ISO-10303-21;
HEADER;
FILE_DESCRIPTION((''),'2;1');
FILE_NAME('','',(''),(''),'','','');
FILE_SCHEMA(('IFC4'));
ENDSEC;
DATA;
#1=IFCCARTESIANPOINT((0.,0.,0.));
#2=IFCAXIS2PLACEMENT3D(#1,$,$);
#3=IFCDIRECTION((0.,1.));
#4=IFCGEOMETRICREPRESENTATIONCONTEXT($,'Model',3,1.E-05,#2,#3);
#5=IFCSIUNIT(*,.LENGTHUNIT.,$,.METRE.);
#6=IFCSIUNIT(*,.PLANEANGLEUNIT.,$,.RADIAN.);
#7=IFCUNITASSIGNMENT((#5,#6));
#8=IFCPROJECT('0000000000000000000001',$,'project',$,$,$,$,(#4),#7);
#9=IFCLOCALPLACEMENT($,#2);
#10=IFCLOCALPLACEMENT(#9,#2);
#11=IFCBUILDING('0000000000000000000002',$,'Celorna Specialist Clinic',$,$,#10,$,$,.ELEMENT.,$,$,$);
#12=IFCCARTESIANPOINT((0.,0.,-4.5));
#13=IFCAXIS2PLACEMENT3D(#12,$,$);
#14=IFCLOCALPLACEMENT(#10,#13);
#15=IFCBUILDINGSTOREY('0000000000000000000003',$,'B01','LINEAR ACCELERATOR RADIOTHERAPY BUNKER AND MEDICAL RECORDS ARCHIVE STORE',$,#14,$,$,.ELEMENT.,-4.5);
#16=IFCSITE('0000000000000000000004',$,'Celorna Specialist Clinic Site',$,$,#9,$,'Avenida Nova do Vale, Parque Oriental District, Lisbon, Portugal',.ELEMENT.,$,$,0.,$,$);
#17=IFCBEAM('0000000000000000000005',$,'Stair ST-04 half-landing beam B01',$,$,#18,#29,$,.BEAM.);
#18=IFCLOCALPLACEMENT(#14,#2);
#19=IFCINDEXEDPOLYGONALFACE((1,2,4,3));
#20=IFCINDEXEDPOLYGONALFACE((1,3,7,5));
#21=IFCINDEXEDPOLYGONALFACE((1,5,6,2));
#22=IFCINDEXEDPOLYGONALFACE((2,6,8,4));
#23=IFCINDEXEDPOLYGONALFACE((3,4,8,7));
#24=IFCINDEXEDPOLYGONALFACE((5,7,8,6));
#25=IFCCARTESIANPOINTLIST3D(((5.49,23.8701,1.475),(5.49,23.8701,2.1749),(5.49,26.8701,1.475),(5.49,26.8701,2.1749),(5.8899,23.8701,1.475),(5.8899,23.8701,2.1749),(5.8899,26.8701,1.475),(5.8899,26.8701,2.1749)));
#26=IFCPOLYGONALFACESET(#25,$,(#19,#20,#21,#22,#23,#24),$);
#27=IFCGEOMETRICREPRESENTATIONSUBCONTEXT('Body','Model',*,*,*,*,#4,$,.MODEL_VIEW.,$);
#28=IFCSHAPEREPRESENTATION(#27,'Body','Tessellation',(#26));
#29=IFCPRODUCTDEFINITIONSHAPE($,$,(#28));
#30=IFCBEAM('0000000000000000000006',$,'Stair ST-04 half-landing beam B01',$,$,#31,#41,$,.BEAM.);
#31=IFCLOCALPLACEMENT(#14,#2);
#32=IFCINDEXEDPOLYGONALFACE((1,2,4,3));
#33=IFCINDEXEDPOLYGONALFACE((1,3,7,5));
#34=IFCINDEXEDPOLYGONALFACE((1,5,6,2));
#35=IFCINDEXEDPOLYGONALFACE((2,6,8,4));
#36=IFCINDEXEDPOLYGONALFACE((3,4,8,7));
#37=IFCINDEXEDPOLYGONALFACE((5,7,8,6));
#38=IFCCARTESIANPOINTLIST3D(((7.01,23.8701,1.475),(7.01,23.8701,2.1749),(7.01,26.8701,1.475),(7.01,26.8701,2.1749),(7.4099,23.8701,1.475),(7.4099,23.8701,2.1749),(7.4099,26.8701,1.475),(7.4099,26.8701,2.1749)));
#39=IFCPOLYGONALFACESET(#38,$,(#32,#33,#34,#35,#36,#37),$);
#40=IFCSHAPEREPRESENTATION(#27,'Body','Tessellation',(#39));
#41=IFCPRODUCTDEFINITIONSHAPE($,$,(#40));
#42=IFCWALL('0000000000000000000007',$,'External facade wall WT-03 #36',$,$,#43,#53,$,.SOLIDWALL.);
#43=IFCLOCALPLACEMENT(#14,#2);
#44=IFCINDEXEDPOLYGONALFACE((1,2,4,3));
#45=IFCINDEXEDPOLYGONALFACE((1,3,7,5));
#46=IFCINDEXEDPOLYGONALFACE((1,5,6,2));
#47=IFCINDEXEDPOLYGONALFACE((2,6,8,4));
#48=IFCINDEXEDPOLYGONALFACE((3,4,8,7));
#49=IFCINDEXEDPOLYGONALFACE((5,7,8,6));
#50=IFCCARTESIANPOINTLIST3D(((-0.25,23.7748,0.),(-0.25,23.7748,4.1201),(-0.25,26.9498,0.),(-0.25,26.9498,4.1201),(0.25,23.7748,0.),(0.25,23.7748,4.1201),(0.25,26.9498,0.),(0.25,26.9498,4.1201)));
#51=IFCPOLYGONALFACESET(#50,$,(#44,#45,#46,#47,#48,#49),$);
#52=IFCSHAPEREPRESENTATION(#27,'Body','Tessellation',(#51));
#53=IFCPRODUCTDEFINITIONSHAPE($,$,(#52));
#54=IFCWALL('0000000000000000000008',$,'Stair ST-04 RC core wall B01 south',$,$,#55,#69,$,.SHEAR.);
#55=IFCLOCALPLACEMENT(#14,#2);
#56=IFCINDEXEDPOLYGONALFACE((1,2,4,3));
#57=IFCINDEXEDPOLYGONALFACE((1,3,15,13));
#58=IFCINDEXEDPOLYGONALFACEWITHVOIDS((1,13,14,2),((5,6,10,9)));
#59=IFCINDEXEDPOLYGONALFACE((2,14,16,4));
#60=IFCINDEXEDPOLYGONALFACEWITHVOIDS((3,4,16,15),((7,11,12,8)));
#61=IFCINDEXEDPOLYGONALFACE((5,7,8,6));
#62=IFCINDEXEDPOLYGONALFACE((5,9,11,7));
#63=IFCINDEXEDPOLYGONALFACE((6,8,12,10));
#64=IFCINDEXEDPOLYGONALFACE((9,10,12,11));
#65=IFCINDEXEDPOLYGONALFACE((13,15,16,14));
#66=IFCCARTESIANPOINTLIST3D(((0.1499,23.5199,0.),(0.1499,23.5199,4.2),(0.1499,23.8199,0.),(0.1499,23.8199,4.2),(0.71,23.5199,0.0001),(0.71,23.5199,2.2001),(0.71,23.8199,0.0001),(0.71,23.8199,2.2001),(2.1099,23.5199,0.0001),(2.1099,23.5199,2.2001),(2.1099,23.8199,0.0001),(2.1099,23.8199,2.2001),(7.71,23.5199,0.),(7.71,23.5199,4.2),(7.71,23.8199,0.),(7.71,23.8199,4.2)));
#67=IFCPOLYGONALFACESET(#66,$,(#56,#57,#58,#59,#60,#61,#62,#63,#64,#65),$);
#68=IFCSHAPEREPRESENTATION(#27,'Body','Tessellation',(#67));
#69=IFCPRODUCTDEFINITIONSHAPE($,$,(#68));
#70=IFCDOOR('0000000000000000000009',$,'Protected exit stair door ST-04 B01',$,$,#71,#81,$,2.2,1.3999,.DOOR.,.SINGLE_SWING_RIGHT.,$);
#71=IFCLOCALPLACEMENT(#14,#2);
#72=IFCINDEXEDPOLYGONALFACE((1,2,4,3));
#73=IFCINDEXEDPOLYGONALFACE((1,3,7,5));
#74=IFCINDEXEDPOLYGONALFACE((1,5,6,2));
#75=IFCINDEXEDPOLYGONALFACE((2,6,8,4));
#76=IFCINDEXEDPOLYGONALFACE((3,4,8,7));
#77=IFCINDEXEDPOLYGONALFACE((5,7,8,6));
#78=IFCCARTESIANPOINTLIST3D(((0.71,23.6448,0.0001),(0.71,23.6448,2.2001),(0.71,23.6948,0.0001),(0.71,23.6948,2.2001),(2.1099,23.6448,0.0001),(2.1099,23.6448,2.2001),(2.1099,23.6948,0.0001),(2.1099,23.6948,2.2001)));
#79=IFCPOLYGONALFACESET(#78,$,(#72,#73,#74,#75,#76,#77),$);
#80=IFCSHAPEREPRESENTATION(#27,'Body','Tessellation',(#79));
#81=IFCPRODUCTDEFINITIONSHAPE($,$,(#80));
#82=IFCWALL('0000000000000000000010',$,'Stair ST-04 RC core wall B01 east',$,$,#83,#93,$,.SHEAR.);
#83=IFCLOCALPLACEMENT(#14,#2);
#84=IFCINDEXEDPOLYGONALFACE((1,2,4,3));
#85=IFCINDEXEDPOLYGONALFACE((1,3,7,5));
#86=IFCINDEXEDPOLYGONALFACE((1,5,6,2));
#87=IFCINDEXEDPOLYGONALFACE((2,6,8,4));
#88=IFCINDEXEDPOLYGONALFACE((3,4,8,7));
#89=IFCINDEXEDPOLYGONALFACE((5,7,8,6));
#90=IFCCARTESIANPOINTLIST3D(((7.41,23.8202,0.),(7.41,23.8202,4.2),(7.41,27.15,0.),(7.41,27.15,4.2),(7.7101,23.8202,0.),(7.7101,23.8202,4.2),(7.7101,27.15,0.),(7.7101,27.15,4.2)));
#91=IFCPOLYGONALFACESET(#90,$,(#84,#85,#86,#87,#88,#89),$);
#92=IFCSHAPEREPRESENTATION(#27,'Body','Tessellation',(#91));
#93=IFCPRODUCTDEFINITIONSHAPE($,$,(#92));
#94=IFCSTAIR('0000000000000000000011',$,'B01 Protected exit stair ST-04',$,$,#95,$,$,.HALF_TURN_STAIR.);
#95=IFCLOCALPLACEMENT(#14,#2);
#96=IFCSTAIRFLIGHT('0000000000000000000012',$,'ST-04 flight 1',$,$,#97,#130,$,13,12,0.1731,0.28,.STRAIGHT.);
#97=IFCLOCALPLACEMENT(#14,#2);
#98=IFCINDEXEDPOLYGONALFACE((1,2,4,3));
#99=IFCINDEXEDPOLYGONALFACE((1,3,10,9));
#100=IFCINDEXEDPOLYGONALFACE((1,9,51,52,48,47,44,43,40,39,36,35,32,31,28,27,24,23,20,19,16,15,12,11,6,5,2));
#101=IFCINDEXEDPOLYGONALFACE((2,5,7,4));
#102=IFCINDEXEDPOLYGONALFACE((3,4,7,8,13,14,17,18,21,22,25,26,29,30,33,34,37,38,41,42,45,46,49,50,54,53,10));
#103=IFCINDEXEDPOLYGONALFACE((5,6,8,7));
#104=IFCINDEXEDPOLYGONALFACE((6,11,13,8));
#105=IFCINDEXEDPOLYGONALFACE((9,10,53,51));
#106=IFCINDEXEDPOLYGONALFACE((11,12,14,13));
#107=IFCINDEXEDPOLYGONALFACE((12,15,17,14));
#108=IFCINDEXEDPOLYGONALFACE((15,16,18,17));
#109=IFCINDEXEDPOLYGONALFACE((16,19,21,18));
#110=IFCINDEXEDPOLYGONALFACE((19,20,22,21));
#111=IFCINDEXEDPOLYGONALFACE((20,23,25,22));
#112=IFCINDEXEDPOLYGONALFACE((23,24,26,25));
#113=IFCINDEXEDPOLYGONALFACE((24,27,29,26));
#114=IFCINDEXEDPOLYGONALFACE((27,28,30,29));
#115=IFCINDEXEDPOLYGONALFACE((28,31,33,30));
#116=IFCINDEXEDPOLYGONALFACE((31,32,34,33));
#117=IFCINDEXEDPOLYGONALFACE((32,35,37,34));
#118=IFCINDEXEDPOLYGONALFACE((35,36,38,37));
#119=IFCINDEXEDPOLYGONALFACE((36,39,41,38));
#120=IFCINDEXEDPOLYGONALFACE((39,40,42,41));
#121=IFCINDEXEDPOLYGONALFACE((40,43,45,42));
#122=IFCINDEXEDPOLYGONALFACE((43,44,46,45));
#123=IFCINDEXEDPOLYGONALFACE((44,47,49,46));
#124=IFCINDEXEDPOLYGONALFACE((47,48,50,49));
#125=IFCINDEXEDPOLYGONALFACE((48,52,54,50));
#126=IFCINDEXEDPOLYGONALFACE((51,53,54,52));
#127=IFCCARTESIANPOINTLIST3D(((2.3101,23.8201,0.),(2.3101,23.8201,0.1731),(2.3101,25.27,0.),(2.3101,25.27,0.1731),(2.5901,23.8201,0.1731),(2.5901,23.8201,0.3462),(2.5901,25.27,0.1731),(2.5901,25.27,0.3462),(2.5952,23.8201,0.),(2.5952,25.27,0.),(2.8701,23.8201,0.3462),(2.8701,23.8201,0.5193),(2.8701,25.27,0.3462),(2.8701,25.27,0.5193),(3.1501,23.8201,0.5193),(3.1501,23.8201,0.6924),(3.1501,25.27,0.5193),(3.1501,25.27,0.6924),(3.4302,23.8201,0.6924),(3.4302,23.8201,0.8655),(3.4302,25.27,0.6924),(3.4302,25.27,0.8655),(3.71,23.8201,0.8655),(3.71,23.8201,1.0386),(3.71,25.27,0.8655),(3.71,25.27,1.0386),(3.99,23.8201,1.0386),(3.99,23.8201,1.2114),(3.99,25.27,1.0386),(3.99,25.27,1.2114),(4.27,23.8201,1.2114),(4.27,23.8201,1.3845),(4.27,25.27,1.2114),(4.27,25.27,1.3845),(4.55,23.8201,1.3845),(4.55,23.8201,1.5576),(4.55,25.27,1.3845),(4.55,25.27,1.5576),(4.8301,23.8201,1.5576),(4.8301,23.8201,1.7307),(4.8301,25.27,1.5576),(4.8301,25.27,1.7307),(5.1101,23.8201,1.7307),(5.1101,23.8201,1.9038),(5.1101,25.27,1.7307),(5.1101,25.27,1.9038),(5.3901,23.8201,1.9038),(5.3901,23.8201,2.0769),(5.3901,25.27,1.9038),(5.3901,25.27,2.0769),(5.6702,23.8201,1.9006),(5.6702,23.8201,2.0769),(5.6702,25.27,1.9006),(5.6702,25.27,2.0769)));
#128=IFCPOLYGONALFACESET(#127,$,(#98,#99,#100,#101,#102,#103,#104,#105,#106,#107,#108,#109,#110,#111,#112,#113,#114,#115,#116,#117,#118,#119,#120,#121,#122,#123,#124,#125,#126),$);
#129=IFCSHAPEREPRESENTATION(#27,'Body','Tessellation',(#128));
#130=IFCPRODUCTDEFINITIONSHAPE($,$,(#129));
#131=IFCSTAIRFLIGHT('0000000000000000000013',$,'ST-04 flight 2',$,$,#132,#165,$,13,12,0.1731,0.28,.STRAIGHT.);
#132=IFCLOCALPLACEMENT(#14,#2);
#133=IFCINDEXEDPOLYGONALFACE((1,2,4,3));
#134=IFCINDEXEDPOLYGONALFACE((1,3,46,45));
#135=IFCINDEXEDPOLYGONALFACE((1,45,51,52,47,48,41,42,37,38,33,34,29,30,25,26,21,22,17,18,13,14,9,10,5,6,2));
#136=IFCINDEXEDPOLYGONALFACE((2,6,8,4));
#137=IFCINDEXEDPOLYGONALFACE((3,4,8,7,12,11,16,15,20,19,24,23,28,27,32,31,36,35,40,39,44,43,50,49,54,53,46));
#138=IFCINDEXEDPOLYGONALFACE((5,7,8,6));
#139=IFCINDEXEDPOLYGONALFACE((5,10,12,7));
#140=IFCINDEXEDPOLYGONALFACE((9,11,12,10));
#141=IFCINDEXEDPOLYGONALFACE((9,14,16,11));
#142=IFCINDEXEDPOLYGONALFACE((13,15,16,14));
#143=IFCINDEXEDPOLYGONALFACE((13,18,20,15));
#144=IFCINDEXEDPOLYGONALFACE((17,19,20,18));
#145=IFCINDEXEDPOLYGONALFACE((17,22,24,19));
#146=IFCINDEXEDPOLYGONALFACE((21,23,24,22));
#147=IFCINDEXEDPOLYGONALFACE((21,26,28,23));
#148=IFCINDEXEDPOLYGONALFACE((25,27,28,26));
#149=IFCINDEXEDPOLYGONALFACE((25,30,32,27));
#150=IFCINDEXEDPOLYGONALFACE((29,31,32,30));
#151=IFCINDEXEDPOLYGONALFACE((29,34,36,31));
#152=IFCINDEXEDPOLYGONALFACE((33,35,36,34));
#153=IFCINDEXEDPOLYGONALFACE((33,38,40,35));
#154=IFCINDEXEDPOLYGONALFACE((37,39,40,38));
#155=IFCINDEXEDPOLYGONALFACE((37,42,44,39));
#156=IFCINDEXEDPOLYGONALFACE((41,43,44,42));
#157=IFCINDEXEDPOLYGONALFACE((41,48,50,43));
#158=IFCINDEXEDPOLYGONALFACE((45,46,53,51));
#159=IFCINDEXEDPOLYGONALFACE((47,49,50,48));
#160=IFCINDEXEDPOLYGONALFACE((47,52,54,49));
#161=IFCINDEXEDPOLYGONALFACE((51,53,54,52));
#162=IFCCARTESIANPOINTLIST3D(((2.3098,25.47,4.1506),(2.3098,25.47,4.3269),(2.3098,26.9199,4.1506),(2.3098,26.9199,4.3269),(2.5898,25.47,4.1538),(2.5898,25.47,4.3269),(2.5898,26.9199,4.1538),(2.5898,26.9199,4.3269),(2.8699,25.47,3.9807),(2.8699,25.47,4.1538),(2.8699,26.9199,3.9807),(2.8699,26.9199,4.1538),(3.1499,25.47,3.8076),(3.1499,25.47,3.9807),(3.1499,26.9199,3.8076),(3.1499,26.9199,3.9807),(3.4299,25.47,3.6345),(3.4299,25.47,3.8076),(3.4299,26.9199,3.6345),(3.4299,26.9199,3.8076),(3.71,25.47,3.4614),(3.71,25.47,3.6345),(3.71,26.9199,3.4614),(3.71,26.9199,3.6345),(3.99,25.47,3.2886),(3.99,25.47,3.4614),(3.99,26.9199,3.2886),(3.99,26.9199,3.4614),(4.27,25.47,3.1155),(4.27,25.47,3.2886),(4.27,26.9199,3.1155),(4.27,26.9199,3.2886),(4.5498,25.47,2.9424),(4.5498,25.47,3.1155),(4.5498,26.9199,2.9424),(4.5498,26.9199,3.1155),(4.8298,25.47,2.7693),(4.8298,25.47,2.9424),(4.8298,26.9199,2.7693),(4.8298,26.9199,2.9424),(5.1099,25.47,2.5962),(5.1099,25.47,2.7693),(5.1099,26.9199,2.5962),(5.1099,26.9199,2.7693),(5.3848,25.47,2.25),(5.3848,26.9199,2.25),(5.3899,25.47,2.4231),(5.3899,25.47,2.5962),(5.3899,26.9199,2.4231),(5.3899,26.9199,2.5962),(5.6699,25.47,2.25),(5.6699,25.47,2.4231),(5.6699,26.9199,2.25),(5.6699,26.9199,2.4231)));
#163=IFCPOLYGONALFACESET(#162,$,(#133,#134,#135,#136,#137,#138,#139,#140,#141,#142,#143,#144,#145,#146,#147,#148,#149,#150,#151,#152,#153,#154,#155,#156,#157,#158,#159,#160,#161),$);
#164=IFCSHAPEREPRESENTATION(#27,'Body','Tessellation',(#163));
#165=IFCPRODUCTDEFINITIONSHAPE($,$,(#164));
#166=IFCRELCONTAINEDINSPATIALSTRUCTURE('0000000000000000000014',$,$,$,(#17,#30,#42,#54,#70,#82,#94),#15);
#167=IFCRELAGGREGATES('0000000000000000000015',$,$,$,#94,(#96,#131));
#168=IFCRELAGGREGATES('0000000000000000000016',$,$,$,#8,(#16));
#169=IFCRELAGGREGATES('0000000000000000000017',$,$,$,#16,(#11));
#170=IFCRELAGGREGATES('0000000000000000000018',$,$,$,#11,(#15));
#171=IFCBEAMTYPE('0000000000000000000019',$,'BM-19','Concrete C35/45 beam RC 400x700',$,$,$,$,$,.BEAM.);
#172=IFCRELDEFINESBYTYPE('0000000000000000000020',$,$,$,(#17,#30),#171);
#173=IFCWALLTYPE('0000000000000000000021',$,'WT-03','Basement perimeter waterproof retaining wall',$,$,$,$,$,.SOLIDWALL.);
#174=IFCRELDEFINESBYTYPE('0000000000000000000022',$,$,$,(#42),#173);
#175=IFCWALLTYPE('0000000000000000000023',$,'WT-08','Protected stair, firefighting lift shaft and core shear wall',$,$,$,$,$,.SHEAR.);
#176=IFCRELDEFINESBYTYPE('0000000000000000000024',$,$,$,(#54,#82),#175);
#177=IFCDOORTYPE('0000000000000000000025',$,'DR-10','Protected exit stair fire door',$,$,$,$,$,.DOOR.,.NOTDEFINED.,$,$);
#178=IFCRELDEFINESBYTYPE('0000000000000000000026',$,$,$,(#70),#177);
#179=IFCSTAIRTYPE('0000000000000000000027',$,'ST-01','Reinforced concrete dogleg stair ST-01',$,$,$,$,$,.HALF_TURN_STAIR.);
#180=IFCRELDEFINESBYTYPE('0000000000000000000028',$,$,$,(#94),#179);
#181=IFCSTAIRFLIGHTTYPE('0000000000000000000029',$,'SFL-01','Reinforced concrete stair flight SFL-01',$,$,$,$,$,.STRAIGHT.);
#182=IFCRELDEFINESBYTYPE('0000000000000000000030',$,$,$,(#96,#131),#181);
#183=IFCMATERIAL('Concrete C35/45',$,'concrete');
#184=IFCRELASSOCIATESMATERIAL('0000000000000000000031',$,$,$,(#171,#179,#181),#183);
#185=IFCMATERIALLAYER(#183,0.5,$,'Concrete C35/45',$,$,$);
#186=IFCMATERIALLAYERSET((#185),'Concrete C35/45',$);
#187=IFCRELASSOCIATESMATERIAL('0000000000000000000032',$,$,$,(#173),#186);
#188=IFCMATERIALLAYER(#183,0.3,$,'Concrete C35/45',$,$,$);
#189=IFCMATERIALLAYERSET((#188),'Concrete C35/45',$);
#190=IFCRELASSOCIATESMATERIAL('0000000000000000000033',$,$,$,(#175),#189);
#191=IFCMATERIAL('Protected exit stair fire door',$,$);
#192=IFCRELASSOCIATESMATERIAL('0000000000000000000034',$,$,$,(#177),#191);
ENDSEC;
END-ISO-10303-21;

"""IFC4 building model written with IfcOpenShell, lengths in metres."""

from ifc_helpers import new_model, si_unit, direction, frame, frame_2d, origin, origin_2d, place, context, subcontext, project, spatial, polyline, rectangle, outline, extrude, material, layer, layer_set, material_profile, profile_set, type_object, element, fill, aggregate, save


model = new_model("IFC4")

# Units and contexts
model_context = context("Model", 3, precision=1e-05, world=origin(), true_north=direction((0.0, 1.0)))
body_context = subcontext(model_context, "Body", "Model", "MODEL_VIEW")
ifc_project = project(units=[si_unit("LENGTHUNIT", "METRE"), si_unit("PLANEANGLEUNIT", "RADIAN")], contexts=[model_context])

# Site, building, storey
site_placement = place(None, origin())
site = spatial("IfcSite", under=ifc_project, at=site_placement, Name="Celorna Specialist Clinic Site", LongName="Avenida Nova do Vale, Parque Oriental District, Lisbon, Portugal", CompositionType="ELEMENT", RefElevation=0.0)
building_placement = place(site_placement, origin())
building = spatial("IfcBuilding", under=site, at=building_placement, Name="Celorna Specialist Clinic", CompositionType="ELEMENT")
storey_placement = place(building_placement, frame((0.0, 0.0, -4.5)))
storey = spatial("IfcBuildingStorey", under=building, at=storey_placement, Name="B01", Description="LINEAR ACCELERATOR RADIOTHERAPY BUNKER AND MEDICAL RECORDS ARCHIVE STORE", CompositionType="ELEMENT", Elevation=-4.5)

# Shared definitions
ifc_material_1 = material(Name="Concrete C35/45", Category="concrete")

# Beams
ifc_material_profile_1 = material_profile(ifc_material_1, rectangle(XDim=0.3999, YDim=0.7, at=origin_2d()), Name="RC 400x700")
ifc_profile_set_1 = profile_set([ifc_material_profile_1], Name="Concrete C35/45")
beam_type = type_object("IfcBeamType", Name="BM-19", Description="Concrete C35/45 beam RC 400x700", PredefinedType="BEAM", material=ifc_profile_set_1)
for number, where, z_axis, x_axis, name in (
    (1, (5.6899, 23.8701, 1.825), (0.0, 1.0, 0.0), (-1.0, 0.0, 0.0), "Stair ST-04 half-landing beam B01"),
    (2, (7.21, 23.8701, 1.825), (0.0, 1.0, 0.0), (-1.0, 0.0, 0.0), "Stair ST-04 half-landing beam B01"),
):
    element("IfcBeam", number, at=place(storey_placement, frame(where, z_axis=z_axis, x_axis=x_axis)), inside=storey, type_object=beam_type, Name=name, PredefinedType="BEAM", context=body_context, shape_type="SweptSolid", body=[
        extrude(rectangle(XDim=0.3999, YDim=0.7, at=origin_2d()), origin(), (0.0, 0.0, 1.0), 3.0),
    ])

# Wall
ifc_layer_1 = layer(ifc_material_1, 0.5, Name="Concrete C35/45")
ifc_layer_set_1 = layer_set([ifc_layer_1], Name="Concrete C35/45")
wall_type_1 = type_object("IfcWallType", Name="WT-03", Description="Basement perimeter waterproof retaining wall", PredefinedType="SOLIDWALL", material=ifc_layer_set_1)
wall_1_placement = place(storey_placement, frame((0.0, 23.7749, 0.0), z_axis=(0.0, 0.0, 1.0), x_axis=(0.0, 1.0, 0.0)))
element("IfcWall", 3, at=wall_1_placement, inside=storey, type_object=wall_type_1, Name="External facade wall WT-03 #36", PredefinedType="SOLIDWALL", context=body_context, shape_type="SweptSolid", body=[
    extrude(rectangle(XDim=3.175, YDim=0.5, at=frame_2d((1.5874, 0.0))), origin(), (0.0, 0.0, 1.0), 4.1201),
])

# Wall, opening, door
ifc_layer_2 = layer(ifc_material_1, 0.3, Name="Concrete C35/45")
ifc_layer_set_2 = layer_set([ifc_layer_2], Name="Concrete C35/45")
wall_type_2 = type_object("IfcWallType", Name="WT-08", Description="Protected stair, firefighting lift shaft and core shear wall", PredefinedType="SHEAR", material=ifc_layer_set_2)
wall_2_placement = place(storey_placement, frame((0.1499, 23.6699, 0.0), z_axis=(0.0, 0.0, 1.0), x_axis=(1.0, 0.0, 0.0)))
wall_2 = element("IfcWall", 4, at=wall_2_placement, inside=storey, type_object=wall_type_2, Name="Stair ST-04 RC core wall B01 south", PredefinedType="SHEAR", context=body_context, shape_type="SweptSolid", body=[
    extrude(rectangle(XDim=7.5601, YDim=0.3, at=frame_2d((3.78, 0.0))), origin(), (0.0, 0.0, 1.0), 4.2),
])
opening_placement = place(wall_2_placement, frame((0.5601, 0.0, 0.0)))
opening = element("IfcOpeningElement", 5, at=opening_placement, cuts=wall_2, PredefinedType="OPENING", context=body_context, shape_type="SweptSolid", body=[
    extrude(rectangle(XDim=1.3999, YDim=2.2, at=frame_2d((0.7, 1.1001))), frame((0.0, 0.1599, 0.0), z_axis=(0.0, -1.0, 0.0), x_axis=(1.0, 0.0, 0.0)), (0.0, 0.0, 1.0), 0.3201),
])
ifc_material_2 = material(Name="Protected exit stair fire door")
door_type = type_object("IfcDoorType", Name="DR-10", Description="Protected exit stair fire door", OperationType="NOTDEFINED", PredefinedType="DOOR", material=ifc_material_2)
door_placement = place(opening_placement, origin())
door = element("IfcDoor", 6, at=door_placement, inside=storey, type_object=door_type, Name="Protected exit stair door ST-04 B01", OperationType="SINGLE_SWING_RIGHT", OverallHeight=2.2, OverallWidth=1.3999, PredefinedType="DOOR", context=body_context, shape_type="SweptSolid", body=[
    extrude(rectangle(XDim=1.3999, YDim=2.2, at=frame_2d((0.7, 1.1001))), frame((0.0, 0.0249, 0.0), z_axis=(0.0, -1.0, 0.0), x_axis=(1.0, 0.0, 0.0)), (0.0, 0.0, 1.0), 0.05),
])
fill(opening, door)

# Wall
wall_3_placement = place(storey_placement, frame((7.5601, 23.8201, 0.0), z_axis=(0.0, 0.0, 1.0), x_axis=(0.0, 1.0, 0.0)))
element("IfcWall", 7, at=wall_3_placement, inside=storey, type_object=wall_type_2, Name="Stair ST-04 RC core wall B01 east", PredefinedType="SHEAR", context=body_context, shape_type="SweptSolid", body=[
    extrude(rectangle(XDim=3.3298, YDim=0.3, at=frame_2d((1.665, 0.0))), origin(), (0.0, 0.0, 1.0), 4.2),
])

# Stair, stair flights
stair_type = type_object("IfcStairType", Name="ST-01", Description="Reinforced concrete dogleg stair ST-01", PredefinedType="HALF_TURN_STAIR", material=ifc_material_1)
stair_placement = place(storey_placement, origin())
stair = element("IfcStair", 8, at=stair_placement, inside=storey, type_object=stair_type, Name="B01 Protected exit stair ST-04", PredefinedType="HALF_TURN_STAIR")
stair_flight_type = type_object("IfcStairFlightType", Name="SFL-01", Description="Reinforced concrete stair flight SFL-01", PredefinedType="STRAIGHT", material=ifc_material_1)
stair_flight_1_placement = place(storey_placement, frame((2.3101, 24.5449, 0.0), z_axis=(0.0, 0.0, 1.0), x_axis=(1.0, 0.0, 0.0)))
stair_flight_1 = element("IfcStairFlight", 9, at=stair_flight_1_placement, type_object=stair_flight_type, Name="ST-04 flight 1", NumberOfRisers=13, NumberOfTreads=12, PredefinedType="STRAIGHT", RiserHeight=0.1731, TreadLength=0.28, context=body_context, shape_type="SweptSolid", body=[
    extrude(outline(polyline([(0.0, 0.0), (0.0, 0.1731), (0.28, 0.1731), (0.28, 0.3462), (0.5601, 0.3462), (0.5601, 0.5193), (0.8401, 0.5193), (0.8401, 0.6924), (1.1201, 0.6924), (1.1201, 0.8655), (1.3999, 0.8655), (1.3999, 1.0386), (1.6799, 1.0386), (1.6799, 1.2114), (1.96, 1.2114), (1.96, 1.3845), (2.24, 1.3845), (2.24, 1.5576), (2.52, 1.5576), (2.52, 1.7307), (2.8, 1.7307), (2.8, 1.9038), (3.0801, 1.9038), (3.0801, 2.0769), (3.3601, 2.0769), (3.3601, 2.25), (3.3601, 1.9006), (0.2852, 0.0), (0.0, 0.0)])), frame((0.0, 0.7251, 0.0), z_axis=(0.0, -1.0, 0.0), x_axis=(1.0, 0.0, 0.0)), (0.0, 0.0, 1.0), 1.45),
])
stair_flight_2_placement = place(storey_placement, frame((5.6699, 26.1951, 2.25), z_axis=(0.0, 0.0, 1.0), x_axis=(-1.0, 0.0, 0.0)))
stair_flight_2 = element("IfcStairFlight", 10, at=stair_flight_2_placement, type_object=stair_flight_type, Name="ST-04 flight 2", NumberOfRisers=13, NumberOfTreads=12, PredefinedType="STRAIGHT", RiserHeight=0.1731, TreadLength=0.28, context=body_context, shape_type="SweptSolid", body=[
    extrude(outline(polyline([(0.0, 0.0), (0.0, 0.1731), (0.28, 0.1731), (0.28, 0.3462), (0.5601, 0.3462), (0.5601, 0.5193), (0.8401, 0.5193), (0.8401, 0.6924), (1.1201, 0.6924), (1.1201, 0.8655), (1.3999, 0.8655), (1.3999, 1.0386), (1.6799, 1.0386), (1.6799, 1.2114), (1.96, 1.2114), (1.96, 1.3845), (2.24, 1.3845), (2.24, 1.5576), (2.52, 1.5576), (2.52, 1.7307), (2.8, 1.7307), (2.8, 1.9038), (3.0801, 1.9038), (3.0801, 2.0769), (3.3601, 2.0769), (3.3601, 2.25), (3.3601, 1.9006), (0.2852, 0.0), (0.0, 0.0)])), frame((0.0, 0.7251, 0.0), z_axis=(0.0, -1.0, 0.0), x_axis=(1.0, 0.0, 0.0)), (0.0, 0.0, 1.0), 1.45),
])
aggregate(stair, [stair_flight_1, stair_flight_2])

save(model, "model.ifc")
